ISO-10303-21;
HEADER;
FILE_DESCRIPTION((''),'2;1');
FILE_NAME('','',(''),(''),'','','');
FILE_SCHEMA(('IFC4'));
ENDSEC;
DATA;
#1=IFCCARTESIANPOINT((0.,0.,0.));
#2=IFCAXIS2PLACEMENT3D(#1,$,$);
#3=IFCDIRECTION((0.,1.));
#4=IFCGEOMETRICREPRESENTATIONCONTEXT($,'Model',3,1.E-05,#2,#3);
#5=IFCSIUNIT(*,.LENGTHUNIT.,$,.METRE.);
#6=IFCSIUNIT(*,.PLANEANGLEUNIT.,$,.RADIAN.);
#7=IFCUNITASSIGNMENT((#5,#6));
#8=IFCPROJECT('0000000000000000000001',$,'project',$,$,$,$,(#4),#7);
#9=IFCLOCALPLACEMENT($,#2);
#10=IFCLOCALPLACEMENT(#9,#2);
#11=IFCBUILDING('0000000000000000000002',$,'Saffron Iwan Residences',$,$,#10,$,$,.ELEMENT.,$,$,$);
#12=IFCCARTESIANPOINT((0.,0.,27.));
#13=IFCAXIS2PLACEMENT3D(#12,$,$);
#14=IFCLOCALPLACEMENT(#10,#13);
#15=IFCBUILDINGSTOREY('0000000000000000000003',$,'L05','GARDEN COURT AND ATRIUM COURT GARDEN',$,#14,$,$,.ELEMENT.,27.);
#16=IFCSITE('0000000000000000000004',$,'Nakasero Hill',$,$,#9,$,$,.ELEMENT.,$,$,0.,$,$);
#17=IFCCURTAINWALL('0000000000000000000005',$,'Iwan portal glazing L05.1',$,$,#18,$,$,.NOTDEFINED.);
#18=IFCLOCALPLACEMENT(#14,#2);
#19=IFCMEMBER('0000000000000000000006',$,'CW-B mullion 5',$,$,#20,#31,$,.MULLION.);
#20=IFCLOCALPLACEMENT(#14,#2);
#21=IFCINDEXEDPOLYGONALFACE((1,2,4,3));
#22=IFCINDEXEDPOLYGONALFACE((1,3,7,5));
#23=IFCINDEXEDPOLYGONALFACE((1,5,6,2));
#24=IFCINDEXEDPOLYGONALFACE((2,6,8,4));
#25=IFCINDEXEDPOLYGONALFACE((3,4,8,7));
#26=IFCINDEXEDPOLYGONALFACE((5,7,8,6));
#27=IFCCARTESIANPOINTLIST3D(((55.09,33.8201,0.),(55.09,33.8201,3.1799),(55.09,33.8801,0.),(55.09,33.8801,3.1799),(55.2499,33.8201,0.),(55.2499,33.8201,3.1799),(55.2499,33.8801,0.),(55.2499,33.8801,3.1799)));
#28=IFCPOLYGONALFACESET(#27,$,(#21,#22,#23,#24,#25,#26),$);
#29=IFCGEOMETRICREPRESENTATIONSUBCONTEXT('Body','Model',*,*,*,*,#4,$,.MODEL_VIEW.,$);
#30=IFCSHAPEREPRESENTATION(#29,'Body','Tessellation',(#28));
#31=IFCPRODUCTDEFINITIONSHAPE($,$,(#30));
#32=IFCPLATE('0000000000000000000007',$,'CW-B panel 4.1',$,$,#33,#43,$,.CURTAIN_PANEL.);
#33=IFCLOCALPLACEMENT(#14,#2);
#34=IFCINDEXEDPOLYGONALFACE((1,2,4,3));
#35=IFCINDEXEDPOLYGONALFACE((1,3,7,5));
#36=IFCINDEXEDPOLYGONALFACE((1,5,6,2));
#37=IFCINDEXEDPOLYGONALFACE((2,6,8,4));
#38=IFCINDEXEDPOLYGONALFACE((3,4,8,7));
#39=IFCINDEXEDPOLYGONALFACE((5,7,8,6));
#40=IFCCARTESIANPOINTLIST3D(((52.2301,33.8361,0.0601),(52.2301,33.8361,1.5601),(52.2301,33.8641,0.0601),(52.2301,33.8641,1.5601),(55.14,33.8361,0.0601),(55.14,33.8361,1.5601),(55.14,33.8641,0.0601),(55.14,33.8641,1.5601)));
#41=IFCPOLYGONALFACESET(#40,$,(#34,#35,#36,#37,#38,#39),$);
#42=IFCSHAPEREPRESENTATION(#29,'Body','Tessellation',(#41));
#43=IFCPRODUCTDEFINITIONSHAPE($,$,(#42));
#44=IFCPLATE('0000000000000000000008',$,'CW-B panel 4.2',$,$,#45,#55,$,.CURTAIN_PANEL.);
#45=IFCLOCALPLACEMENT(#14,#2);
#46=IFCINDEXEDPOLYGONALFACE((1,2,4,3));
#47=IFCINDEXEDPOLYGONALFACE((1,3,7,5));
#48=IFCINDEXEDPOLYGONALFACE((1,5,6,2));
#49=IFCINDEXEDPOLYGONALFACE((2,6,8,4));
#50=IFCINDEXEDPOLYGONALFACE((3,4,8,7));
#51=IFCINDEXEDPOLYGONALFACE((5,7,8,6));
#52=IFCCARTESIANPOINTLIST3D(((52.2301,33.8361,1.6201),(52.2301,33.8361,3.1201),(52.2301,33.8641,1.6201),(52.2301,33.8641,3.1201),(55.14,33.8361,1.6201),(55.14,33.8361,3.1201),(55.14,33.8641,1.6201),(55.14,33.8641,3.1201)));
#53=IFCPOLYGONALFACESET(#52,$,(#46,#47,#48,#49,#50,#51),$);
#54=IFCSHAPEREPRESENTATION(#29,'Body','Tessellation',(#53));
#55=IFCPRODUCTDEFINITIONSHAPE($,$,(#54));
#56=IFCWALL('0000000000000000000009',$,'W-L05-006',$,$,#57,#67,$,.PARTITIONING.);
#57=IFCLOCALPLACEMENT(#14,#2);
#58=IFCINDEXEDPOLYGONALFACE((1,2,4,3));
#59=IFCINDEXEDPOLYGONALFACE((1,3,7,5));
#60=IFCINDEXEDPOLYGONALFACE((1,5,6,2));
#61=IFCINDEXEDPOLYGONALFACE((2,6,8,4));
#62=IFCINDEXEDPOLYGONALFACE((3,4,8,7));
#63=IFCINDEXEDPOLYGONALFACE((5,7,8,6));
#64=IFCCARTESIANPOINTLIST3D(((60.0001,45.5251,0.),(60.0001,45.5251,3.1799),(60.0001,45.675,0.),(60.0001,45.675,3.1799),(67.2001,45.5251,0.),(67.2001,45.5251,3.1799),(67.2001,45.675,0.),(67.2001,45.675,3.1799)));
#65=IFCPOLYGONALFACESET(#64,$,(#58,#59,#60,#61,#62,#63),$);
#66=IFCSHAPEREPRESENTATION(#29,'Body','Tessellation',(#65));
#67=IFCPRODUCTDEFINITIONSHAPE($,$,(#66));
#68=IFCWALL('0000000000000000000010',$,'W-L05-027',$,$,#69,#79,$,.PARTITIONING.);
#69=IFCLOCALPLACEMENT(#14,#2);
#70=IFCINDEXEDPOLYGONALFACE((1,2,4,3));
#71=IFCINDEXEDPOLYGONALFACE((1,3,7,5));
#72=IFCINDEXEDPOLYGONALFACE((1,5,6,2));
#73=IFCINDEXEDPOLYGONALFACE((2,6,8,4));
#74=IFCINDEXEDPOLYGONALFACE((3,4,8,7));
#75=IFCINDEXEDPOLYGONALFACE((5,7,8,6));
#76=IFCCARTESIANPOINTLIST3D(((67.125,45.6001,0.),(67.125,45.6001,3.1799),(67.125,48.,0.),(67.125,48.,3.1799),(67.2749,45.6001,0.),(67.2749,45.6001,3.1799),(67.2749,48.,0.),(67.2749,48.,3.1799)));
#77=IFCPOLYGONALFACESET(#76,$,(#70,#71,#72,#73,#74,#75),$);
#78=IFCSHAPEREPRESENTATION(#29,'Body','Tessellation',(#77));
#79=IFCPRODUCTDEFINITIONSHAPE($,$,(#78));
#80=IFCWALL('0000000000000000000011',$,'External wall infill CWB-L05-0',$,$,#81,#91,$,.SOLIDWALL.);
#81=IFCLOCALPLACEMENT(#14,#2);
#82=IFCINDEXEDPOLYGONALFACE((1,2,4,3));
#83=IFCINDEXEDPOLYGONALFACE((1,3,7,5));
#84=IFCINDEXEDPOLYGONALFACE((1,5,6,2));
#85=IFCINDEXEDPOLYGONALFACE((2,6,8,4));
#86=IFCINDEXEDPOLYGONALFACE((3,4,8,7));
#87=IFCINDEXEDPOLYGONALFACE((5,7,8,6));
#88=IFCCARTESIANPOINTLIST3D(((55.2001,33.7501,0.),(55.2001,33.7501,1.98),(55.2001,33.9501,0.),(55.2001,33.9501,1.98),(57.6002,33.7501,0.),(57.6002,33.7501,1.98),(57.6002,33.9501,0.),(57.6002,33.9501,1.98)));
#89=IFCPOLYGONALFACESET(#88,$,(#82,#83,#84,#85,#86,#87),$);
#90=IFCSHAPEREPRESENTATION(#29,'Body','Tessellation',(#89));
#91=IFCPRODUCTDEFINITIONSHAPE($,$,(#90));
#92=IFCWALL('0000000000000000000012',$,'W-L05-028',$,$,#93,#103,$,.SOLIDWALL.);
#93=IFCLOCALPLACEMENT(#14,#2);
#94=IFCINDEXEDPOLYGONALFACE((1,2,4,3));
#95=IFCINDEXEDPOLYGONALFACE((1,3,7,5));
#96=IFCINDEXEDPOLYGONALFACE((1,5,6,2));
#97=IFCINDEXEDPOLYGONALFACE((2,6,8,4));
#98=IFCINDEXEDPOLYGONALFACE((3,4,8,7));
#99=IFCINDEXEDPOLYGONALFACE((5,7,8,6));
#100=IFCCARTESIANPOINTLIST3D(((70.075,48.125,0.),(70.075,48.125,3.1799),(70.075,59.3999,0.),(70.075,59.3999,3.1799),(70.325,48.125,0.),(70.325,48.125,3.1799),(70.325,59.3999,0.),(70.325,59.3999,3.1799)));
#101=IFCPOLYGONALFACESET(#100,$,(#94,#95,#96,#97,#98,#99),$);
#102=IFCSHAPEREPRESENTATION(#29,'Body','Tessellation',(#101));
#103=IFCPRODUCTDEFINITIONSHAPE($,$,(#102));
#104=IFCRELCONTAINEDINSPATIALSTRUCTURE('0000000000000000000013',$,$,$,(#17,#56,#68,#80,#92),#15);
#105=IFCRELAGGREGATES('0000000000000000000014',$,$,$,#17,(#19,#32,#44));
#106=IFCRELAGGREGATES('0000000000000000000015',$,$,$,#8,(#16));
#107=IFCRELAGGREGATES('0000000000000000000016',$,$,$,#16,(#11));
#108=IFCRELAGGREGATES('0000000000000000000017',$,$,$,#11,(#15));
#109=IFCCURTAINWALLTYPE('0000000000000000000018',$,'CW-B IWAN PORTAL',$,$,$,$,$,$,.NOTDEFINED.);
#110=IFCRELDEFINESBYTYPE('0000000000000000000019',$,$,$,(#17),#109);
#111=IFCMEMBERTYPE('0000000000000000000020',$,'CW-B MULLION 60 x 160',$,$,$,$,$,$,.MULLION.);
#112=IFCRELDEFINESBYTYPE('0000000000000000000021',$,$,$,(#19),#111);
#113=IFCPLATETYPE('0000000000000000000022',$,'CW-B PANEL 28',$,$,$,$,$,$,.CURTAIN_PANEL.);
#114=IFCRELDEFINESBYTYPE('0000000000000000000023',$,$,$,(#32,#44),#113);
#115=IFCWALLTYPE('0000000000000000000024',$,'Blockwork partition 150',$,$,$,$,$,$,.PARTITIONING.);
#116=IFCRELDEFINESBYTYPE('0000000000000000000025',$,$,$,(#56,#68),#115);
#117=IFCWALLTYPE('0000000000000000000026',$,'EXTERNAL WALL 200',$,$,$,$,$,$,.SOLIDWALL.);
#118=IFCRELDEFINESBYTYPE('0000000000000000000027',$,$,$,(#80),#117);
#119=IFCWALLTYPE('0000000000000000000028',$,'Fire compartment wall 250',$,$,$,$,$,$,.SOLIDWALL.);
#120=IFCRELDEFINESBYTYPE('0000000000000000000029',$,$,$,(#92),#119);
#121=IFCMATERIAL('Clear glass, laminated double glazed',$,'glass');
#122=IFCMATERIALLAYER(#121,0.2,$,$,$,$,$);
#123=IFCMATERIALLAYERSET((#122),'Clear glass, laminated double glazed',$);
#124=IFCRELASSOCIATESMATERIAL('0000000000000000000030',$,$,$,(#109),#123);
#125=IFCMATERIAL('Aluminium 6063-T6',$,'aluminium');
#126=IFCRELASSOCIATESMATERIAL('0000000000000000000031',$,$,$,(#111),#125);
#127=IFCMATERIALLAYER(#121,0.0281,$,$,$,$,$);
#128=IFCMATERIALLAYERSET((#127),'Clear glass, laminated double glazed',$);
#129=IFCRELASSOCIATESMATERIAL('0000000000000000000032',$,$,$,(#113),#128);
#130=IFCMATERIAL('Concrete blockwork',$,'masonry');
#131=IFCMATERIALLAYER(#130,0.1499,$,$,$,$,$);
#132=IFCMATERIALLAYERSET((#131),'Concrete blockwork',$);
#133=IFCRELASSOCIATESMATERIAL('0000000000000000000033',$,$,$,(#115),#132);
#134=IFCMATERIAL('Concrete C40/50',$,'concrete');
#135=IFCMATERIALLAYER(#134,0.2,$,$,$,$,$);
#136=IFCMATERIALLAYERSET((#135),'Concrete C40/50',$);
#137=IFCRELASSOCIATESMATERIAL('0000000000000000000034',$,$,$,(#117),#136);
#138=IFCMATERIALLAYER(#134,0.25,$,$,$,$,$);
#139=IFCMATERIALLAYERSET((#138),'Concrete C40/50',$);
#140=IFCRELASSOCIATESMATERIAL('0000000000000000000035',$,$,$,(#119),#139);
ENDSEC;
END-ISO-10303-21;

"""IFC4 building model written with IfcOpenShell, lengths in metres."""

from ifc_helpers import new_model, si_unit, direction, frame, frame_2d, origin, origin_2d, place, context, subcontext, project, spatial, rectangle, extrude, source, transform, mapped, material, layer, layer_set, material_profile, profile_set, type_object, element, aggregate, save


model = new_model("IFC4")

# Units and contexts
model_context = context("Model", 3, precision=1e-05, world=origin(), true_north=direction((0.0, 1.0)))
body_context = subcontext(model_context, "Body", "Model", "MODEL_VIEW")
ifc_project = project(units=[si_unit("LENGTHUNIT", "METRE"), si_unit("PLANEANGLEUNIT", "RADIAN")], contexts=[model_context])

# Site, building, storey
site_placement = place(None, origin())
site = spatial("IfcSite", under=ifc_project, at=site_placement, Name="Nakasero Hill", CompositionType="ELEMENT", RefElevation=0.0)
building_placement = place(site_placement, origin())
building = spatial("IfcBuilding", under=site, at=building_placement, Name="Saffron Iwan Residences", CompositionType="ELEMENT")
storey_placement = place(building_placement, frame((0.0, 0.0, 27.0)))
storey = spatial("IfcBuildingStorey", under=building, at=storey_placement, Name="L05", Description="GARDEN COURT AND ATRIUM COURT GARDEN", CompositionType="ELEMENT", Elevation=27.0)

# Curtain wall, member, plates
ifc_material_1 = material(Name="Clear glass, laminated double glazed", Category="glass")
ifc_layer_1 = layer(ifc_material_1, 0.2)
ifc_layer_set_1 = layer_set([ifc_layer_1], Name="Clear glass, laminated double glazed")
curtain_wall_type = type_object("IfcCurtainWallType", Name="CW-B IWAN PORTAL", PredefinedType="NOTDEFINED", material=ifc_layer_set_1)
curtain_wall_placement = place(storey_placement, origin())
curtain_wall = element("IfcCurtainWall", 1, at=curtain_wall_placement, inside=storey, type_object=curtain_wall_type, Name="Iwan portal glazing L05.1", PredefinedType="NOTDEFINED")
ifc_material_2 = material(Name="Aluminium 6063-T6", Category="aluminium")
ifc_material_profile_1 = material_profile(ifc_material_2, rectangle(XDim=0.0601, YDim=0.1599, at=origin_2d()), Name="CW-B MULLION 60 x 160")
ifc_profile_set_1 = profile_set([ifc_material_profile_1], Name="Aluminium 6063-T6")
member_type = type_object("IfcMemberType", Name="CW-B MULLION 60 x 160", PredefinedType="MULLION", material=ifc_profile_set_1)
shared_shape_1 = source(origin(), body_context, "Body", "SweptSolid", [
    extrude(rectangle(XDim=0.0601, YDim=0.1599, at=origin_2d()), origin(), (0.0, 0.0, 1.0), 3.1799),
])
member_placement = place(storey_placement, frame((55.1699, 33.8501, 0.0), z_axis=(0.0, 0.0, 1.0), x_axis=(0.0, 1.0, 0.0)))
member = element("IfcMember", 2, at=member_placement, type_object=member_type, Name="CW-B mullion 5", PredefinedType="MULLION", context=body_context, shape_type="MappedRepresentation", body=[
    mapped(shared_shape_1, transform((0.0, 0.0, 0.0))),
])
ifc_layer_2 = layer(ifc_material_1, 0.0281)
ifc_layer_set_2 = layer_set([ifc_layer_2], Name="Clear glass, laminated double glazed")
plate_type = type_object("IfcPlateType", Name="CW-B PANEL 28", PredefinedType="CURTAIN_PANEL", material=ifc_layer_set_2)
shared_shape_2 = source(origin(), body_context, "Body", "SweptSolid", [
    extrude(rectangle(XDim=2.9099, YDim=0.0281, at=origin_2d()), origin(), (0.0, 0.0, 1.0), 1.5),
])
plate_1_placement = place(storey_placement, frame((53.6851, 33.8501, 0.0601), z_axis=(0.0, 0.0, 1.0), x_axis=(1.0, 0.0, 0.0)))
plate_1 = element("IfcPlate", 3, at=plate_1_placement, type_object=plate_type, Name="CW-B panel 4.1", PredefinedType="CURTAIN_PANEL", context=body_context, shape_type="MappedRepresentation", body=[
    mapped(shared_shape_2, transform((0.0, 0.0, 0.0))),
])
plate_2_placement = place(storey_placement, frame((53.6851, 33.8501, 1.6201), z_axis=(0.0, 0.0, 1.0), x_axis=(1.0, 0.0, 0.0)))
plate_2 = element("IfcPlate", 4, at=plate_2_placement, type_object=plate_type, Name="CW-B panel 4.2", PredefinedType="CURTAIN_PANEL", context=body_context, shape_type="MappedRepresentation", body=[
    mapped(shared_shape_2, transform((0.0, 0.0, 0.0))),
])
aggregate(curtain_wall, [member, plate_1, plate_2])

# Walls
ifc_material_3 = material(Name="Concrete blockwork", Category="masonry")
ifc_layer_3 = layer(ifc_material_3, 0.1499)
ifc_layer_set_3 = layer_set([ifc_layer_3], Name="Concrete blockwork")
wall_type_1 = type_object("IfcWallType", Name="Blockwork partition 150", PredefinedType="PARTITIONING", material=ifc_layer_set_3)
wall_1_placement = place(storey_placement, frame((60.0, 45.6001, 0.0), z_axis=(0.0, 0.0, 1.0), x_axis=(1.0, 0.0, 0.0)))
element("IfcWall", 5, at=wall_1_placement, inside=storey, type_object=wall_type_1, Name="W-L05-006", PredefinedType="PARTITIONING", context=body_context, shape_type="SweptSolid", body=[
    extrude(rectangle(XDim=7.2, YDim=0.1499, at=frame_2d((3.6001, 0.0))), origin(), (0.0, 0.0, 1.0), 3.1799),
])
wall_2_placement = place(storey_placement, frame((67.2, 45.6001, 0.0), z_axis=(0.0, 0.0, 1.0), x_axis=(0.0, 1.0, 0.0)))
element("IfcWall", 6, at=wall_2_placement, inside=storey, type_object=wall_type_1, Name="W-L05-027", PredefinedType="PARTITIONING", context=body_context, shape_type="SweptSolid", body=[
    extrude(rectangle(XDim=2.3999, YDim=0.1499, at=frame_2d((1.2, 0.0))), origin(), (0.0, 0.0, 1.0), 3.1799),
])
ifc_material_4 = material(Name="Concrete C40/50", Category="concrete")
ifc_layer_4 = layer(ifc_material_4, 0.2)
ifc_layer_set_4 = layer_set([ifc_layer_4], Name="Concrete C40/50")
wall_type_2 = type_object("IfcWallType", Name="EXTERNAL WALL 200", PredefinedType="SOLIDWALL", material=ifc_layer_set_4)
wall_3_placement = place(storey_placement, frame((55.2, 33.8501, 0.0), z_axis=(0.0, 0.0, 1.0), x_axis=(1.0, 0.0, 0.0)))
element("IfcWall", 7, at=wall_3_placement, inside=storey, type_object=wall_type_2, Name="External wall infill CWB-L05-0", PredefinedType="SOLIDWALL", context=body_context, shape_type="SweptSolid", body=[
    extrude(rectangle(XDim=2.4001, YDim=0.2, at=frame_2d((1.2002, 0.0))), origin(), (0.0, 0.0, 1.0), 1.98),
])
ifc_layer_5 = layer(ifc_material_4, 0.25)
ifc_layer_set_5 = layer_set([ifc_layer_5], Name="Concrete C40/50")
wall_type_3 = type_object("IfcWallType", Name="Fire compartment wall 250", PredefinedType="SOLIDWALL", material=ifc_layer_set_5)
wall_4_placement = place(storey_placement, frame((70.2, 48.125, 0.0), z_axis=(0.0, 0.0, 1.0), x_axis=(0.0, 1.0, 0.0)))
element("IfcWall", 8, at=wall_4_placement, inside=storey, type_object=wall_type_3, Name="W-L05-028", PredefinedType="SOLIDWALL", context=body_context, shape_type="SweptSolid", body=[
    extrude(rectangle(XDim=11.2749, YDim=0.25, at=frame_2d((5.6375, 0.0))), origin(), (0.0, 0.0, 1.0), 3.1799),
])

save(model, "model.ifc")
